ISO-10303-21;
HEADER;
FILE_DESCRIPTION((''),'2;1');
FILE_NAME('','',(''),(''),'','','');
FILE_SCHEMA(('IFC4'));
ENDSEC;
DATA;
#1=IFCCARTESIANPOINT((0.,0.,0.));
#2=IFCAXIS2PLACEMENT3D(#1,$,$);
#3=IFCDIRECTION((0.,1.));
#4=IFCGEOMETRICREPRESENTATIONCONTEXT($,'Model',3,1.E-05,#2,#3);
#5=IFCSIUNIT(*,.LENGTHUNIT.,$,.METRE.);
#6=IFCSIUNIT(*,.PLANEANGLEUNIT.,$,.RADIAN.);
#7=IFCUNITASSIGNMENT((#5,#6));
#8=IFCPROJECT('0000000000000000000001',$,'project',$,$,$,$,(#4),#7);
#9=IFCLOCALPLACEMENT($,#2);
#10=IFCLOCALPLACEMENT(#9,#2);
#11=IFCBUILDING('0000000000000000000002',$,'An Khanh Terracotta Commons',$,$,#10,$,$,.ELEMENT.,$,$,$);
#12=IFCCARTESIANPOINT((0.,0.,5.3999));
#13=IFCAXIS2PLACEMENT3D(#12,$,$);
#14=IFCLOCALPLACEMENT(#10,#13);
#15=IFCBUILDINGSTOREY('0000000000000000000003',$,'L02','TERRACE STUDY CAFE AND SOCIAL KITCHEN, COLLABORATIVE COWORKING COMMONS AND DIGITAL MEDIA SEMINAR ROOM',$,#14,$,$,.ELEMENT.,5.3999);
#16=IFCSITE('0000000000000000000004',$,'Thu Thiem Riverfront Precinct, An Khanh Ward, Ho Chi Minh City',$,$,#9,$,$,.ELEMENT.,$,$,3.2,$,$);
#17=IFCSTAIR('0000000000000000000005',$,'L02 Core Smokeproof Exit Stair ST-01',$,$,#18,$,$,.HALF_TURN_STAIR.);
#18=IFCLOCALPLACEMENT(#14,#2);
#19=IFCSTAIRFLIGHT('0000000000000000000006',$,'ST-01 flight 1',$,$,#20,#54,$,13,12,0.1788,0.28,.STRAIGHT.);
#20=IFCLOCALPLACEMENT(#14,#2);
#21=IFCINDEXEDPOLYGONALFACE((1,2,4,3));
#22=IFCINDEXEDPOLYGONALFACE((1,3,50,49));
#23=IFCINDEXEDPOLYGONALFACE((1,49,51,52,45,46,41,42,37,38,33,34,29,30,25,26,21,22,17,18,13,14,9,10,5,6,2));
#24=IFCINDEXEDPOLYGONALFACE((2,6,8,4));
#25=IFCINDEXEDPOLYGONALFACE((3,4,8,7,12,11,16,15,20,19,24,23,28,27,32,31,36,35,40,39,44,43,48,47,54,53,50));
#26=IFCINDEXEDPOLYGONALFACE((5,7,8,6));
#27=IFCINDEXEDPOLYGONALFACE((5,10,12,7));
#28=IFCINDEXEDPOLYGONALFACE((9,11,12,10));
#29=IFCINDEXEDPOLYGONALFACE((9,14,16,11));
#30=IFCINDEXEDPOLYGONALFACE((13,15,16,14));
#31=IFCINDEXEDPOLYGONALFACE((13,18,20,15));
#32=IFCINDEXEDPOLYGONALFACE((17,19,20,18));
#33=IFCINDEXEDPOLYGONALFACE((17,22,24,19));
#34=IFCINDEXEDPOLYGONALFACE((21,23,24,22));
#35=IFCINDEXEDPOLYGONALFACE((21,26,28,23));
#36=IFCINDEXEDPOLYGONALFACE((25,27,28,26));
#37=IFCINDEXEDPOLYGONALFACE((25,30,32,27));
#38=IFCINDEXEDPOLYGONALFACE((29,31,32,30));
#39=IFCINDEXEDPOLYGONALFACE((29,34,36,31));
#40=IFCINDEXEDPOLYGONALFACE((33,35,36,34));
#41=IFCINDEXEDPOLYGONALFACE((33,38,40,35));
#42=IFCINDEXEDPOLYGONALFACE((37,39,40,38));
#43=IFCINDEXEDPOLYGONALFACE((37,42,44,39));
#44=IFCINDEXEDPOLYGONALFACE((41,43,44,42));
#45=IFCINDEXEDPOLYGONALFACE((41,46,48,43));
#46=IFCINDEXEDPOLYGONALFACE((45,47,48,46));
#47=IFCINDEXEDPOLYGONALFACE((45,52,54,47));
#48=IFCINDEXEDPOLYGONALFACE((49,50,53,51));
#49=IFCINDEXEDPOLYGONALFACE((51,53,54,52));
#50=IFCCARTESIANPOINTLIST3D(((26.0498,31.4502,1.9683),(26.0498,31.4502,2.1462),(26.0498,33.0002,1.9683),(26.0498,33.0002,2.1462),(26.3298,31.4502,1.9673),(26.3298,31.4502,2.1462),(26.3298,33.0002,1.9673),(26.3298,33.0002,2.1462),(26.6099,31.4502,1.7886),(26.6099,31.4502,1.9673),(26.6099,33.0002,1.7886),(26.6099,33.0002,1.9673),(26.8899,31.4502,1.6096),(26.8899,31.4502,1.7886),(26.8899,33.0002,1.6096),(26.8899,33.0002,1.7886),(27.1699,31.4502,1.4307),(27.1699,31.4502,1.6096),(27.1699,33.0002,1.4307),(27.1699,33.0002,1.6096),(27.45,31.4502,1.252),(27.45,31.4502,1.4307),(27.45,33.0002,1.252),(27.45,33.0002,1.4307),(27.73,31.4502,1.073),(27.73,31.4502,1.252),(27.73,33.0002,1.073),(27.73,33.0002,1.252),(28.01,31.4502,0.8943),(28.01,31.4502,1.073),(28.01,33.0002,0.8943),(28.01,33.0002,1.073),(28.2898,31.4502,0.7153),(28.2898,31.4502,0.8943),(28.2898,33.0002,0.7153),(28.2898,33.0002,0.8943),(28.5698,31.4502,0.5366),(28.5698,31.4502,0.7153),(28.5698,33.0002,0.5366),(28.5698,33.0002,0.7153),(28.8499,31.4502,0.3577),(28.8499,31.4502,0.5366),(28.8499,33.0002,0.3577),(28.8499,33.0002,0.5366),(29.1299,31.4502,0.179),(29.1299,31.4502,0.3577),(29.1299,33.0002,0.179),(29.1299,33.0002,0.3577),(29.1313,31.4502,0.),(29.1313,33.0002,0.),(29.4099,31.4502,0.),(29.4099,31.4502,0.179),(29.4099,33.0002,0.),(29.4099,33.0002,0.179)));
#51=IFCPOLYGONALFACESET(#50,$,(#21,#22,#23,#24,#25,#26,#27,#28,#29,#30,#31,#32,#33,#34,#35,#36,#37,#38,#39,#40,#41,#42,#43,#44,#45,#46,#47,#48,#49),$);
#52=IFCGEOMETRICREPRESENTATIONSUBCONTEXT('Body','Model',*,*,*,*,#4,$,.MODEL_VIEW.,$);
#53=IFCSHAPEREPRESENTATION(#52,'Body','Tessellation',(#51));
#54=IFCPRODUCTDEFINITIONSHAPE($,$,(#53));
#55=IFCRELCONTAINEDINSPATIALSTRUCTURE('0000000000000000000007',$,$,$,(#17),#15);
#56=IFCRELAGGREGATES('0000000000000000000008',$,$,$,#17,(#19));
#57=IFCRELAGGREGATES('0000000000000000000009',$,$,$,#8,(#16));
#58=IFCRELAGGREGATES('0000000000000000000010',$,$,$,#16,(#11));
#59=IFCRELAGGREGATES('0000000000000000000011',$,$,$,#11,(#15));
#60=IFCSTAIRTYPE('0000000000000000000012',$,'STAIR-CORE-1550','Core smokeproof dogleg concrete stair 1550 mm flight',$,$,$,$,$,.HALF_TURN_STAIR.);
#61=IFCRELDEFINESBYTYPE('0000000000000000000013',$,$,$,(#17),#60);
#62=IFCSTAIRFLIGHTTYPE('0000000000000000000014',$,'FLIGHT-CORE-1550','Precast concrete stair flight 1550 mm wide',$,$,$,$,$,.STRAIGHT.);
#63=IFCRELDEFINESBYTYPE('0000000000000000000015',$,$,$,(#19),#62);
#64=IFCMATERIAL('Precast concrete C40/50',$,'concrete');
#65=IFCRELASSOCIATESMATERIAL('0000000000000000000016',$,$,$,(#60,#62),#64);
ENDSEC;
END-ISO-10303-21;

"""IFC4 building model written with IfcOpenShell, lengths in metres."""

from ifc_helpers import new_model, si_unit, direction, frame, origin, place, context, subcontext, project, spatial, polyline, outline, extrude, material, type_object, element, aggregate, save


model = new_model("IFC4")

# Units and contexts
model_context = context("Model", 3, precision=1e-05, world=origin(), true_north=direction((0.0, 1.0)))
body_context = subcontext(model_context, "Body", "Model", "MODEL_VIEW")
ifc_project = project(units=[si_unit("LENGTHUNIT", "METRE"), si_unit("PLANEANGLEUNIT", "RADIAN")], contexts=[model_context])

# Site, building, storey
site_placement = place(None, origin())
site = spatial("IfcSite", under=ifc_project, at=site_placement, Name="Thu Thiem Riverfront Precinct, An Khanh Ward, Ho Chi Minh City", CompositionType="ELEMENT", RefElevation=3.2)
building_placement = place(site_placement, origin())
building = spatial("IfcBuilding", under=site, at=building_placement, Name="An Khanh Terracotta Commons", CompositionType="ELEMENT")
storey_placement = place(building_placement, frame((0.0, 0.0, 5.3999)))
storey = spatial("IfcBuildingStorey", under=building, at=storey_placement, Name="L02", Description="TERRACE STUDY CAFE AND SOCIAL KITCHEN, COLLABORATIVE COWORKING COMMONS AND DIGITAL MEDIA SEMINAR ROOM", CompositionType="ELEMENT", Elevation=5.3999)

# Stair, stair flight
ifc_material_1 = material(Name="Precast concrete C40/50", Category="concrete")
stair_type = type_object("IfcStairType", Name="STAIR-CORE-1550", Description="Core smokeproof dogleg concrete stair 1550 mm flight", PredefinedType="HALF_TURN_STAIR", material=ifc_material_1)
stair_placement = place(storey_placement, origin())
stair = element("IfcStair", 1, at=stair_placement, inside=storey, type_object=stair_type, Name="L02 Core Smokeproof Exit Stair ST-01", PredefinedType="HALF_TURN_STAIR")
stair_flight_type = type_object("IfcStairFlightType", Name="FLIGHT-CORE-1550", Description="Precast concrete stair flight 1550 mm wide", PredefinedType="STRAIGHT", material=ifc_material_1)
stair_flight_placement = place(storey_placement, frame((29.4099, 32.2251, 0.0), z_axis=(0.0, 0.0, 1.0), x_axis=(-1.0, 0.0, 0.0)))
stair_flight = element("IfcStairFlight", 2, at=stair_flight_placement, type_object=stair_flight_type, Name="ST-01 flight 1", NumberOfRisers=13, NumberOfTreads=12, PredefinedType="STRAIGHT", RiserHeight=0.1788, TreadLength=0.28, context=body_context, shape_type="SweptSolid", body=[
    extrude(outline(polyline([(0.0, 0.0), (0.0, 0.179), (0.28, 0.179), (0.28, 0.3577), (0.5601, 0.3577), (0.5601, 0.5366), (0.8401, 0.5366), (0.8401, 0.7153), (1.1201, 0.7153), (1.1201, 0.8943), (1.3999, 0.8943), (1.3999, 1.073), (1.6799, 1.073), (1.6799, 1.252), (1.96, 1.252), (1.96, 1.4307), (2.24, 1.4307), (2.24, 1.6096), (2.52, 1.6096), (2.52, 1.7886), (2.8, 1.7886), (2.8, 1.9673), (3.0801, 1.9673), (3.0801, 2.1462), (3.3601, 2.1462), (3.3601, 2.325), (3.3601, 1.9683), (0.2786, 0.0), (0.0, 0.0)])), frame((0.0, 0.7749, 0.0), z_axis=(0.0, -1.0, 0.0), x_axis=(1.0, 0.0, 0.0)), (0.0, 0.0, 1.0), 1.55),
])
aggregate(stair, [stair_flight])

save(model, "model.ifc")
